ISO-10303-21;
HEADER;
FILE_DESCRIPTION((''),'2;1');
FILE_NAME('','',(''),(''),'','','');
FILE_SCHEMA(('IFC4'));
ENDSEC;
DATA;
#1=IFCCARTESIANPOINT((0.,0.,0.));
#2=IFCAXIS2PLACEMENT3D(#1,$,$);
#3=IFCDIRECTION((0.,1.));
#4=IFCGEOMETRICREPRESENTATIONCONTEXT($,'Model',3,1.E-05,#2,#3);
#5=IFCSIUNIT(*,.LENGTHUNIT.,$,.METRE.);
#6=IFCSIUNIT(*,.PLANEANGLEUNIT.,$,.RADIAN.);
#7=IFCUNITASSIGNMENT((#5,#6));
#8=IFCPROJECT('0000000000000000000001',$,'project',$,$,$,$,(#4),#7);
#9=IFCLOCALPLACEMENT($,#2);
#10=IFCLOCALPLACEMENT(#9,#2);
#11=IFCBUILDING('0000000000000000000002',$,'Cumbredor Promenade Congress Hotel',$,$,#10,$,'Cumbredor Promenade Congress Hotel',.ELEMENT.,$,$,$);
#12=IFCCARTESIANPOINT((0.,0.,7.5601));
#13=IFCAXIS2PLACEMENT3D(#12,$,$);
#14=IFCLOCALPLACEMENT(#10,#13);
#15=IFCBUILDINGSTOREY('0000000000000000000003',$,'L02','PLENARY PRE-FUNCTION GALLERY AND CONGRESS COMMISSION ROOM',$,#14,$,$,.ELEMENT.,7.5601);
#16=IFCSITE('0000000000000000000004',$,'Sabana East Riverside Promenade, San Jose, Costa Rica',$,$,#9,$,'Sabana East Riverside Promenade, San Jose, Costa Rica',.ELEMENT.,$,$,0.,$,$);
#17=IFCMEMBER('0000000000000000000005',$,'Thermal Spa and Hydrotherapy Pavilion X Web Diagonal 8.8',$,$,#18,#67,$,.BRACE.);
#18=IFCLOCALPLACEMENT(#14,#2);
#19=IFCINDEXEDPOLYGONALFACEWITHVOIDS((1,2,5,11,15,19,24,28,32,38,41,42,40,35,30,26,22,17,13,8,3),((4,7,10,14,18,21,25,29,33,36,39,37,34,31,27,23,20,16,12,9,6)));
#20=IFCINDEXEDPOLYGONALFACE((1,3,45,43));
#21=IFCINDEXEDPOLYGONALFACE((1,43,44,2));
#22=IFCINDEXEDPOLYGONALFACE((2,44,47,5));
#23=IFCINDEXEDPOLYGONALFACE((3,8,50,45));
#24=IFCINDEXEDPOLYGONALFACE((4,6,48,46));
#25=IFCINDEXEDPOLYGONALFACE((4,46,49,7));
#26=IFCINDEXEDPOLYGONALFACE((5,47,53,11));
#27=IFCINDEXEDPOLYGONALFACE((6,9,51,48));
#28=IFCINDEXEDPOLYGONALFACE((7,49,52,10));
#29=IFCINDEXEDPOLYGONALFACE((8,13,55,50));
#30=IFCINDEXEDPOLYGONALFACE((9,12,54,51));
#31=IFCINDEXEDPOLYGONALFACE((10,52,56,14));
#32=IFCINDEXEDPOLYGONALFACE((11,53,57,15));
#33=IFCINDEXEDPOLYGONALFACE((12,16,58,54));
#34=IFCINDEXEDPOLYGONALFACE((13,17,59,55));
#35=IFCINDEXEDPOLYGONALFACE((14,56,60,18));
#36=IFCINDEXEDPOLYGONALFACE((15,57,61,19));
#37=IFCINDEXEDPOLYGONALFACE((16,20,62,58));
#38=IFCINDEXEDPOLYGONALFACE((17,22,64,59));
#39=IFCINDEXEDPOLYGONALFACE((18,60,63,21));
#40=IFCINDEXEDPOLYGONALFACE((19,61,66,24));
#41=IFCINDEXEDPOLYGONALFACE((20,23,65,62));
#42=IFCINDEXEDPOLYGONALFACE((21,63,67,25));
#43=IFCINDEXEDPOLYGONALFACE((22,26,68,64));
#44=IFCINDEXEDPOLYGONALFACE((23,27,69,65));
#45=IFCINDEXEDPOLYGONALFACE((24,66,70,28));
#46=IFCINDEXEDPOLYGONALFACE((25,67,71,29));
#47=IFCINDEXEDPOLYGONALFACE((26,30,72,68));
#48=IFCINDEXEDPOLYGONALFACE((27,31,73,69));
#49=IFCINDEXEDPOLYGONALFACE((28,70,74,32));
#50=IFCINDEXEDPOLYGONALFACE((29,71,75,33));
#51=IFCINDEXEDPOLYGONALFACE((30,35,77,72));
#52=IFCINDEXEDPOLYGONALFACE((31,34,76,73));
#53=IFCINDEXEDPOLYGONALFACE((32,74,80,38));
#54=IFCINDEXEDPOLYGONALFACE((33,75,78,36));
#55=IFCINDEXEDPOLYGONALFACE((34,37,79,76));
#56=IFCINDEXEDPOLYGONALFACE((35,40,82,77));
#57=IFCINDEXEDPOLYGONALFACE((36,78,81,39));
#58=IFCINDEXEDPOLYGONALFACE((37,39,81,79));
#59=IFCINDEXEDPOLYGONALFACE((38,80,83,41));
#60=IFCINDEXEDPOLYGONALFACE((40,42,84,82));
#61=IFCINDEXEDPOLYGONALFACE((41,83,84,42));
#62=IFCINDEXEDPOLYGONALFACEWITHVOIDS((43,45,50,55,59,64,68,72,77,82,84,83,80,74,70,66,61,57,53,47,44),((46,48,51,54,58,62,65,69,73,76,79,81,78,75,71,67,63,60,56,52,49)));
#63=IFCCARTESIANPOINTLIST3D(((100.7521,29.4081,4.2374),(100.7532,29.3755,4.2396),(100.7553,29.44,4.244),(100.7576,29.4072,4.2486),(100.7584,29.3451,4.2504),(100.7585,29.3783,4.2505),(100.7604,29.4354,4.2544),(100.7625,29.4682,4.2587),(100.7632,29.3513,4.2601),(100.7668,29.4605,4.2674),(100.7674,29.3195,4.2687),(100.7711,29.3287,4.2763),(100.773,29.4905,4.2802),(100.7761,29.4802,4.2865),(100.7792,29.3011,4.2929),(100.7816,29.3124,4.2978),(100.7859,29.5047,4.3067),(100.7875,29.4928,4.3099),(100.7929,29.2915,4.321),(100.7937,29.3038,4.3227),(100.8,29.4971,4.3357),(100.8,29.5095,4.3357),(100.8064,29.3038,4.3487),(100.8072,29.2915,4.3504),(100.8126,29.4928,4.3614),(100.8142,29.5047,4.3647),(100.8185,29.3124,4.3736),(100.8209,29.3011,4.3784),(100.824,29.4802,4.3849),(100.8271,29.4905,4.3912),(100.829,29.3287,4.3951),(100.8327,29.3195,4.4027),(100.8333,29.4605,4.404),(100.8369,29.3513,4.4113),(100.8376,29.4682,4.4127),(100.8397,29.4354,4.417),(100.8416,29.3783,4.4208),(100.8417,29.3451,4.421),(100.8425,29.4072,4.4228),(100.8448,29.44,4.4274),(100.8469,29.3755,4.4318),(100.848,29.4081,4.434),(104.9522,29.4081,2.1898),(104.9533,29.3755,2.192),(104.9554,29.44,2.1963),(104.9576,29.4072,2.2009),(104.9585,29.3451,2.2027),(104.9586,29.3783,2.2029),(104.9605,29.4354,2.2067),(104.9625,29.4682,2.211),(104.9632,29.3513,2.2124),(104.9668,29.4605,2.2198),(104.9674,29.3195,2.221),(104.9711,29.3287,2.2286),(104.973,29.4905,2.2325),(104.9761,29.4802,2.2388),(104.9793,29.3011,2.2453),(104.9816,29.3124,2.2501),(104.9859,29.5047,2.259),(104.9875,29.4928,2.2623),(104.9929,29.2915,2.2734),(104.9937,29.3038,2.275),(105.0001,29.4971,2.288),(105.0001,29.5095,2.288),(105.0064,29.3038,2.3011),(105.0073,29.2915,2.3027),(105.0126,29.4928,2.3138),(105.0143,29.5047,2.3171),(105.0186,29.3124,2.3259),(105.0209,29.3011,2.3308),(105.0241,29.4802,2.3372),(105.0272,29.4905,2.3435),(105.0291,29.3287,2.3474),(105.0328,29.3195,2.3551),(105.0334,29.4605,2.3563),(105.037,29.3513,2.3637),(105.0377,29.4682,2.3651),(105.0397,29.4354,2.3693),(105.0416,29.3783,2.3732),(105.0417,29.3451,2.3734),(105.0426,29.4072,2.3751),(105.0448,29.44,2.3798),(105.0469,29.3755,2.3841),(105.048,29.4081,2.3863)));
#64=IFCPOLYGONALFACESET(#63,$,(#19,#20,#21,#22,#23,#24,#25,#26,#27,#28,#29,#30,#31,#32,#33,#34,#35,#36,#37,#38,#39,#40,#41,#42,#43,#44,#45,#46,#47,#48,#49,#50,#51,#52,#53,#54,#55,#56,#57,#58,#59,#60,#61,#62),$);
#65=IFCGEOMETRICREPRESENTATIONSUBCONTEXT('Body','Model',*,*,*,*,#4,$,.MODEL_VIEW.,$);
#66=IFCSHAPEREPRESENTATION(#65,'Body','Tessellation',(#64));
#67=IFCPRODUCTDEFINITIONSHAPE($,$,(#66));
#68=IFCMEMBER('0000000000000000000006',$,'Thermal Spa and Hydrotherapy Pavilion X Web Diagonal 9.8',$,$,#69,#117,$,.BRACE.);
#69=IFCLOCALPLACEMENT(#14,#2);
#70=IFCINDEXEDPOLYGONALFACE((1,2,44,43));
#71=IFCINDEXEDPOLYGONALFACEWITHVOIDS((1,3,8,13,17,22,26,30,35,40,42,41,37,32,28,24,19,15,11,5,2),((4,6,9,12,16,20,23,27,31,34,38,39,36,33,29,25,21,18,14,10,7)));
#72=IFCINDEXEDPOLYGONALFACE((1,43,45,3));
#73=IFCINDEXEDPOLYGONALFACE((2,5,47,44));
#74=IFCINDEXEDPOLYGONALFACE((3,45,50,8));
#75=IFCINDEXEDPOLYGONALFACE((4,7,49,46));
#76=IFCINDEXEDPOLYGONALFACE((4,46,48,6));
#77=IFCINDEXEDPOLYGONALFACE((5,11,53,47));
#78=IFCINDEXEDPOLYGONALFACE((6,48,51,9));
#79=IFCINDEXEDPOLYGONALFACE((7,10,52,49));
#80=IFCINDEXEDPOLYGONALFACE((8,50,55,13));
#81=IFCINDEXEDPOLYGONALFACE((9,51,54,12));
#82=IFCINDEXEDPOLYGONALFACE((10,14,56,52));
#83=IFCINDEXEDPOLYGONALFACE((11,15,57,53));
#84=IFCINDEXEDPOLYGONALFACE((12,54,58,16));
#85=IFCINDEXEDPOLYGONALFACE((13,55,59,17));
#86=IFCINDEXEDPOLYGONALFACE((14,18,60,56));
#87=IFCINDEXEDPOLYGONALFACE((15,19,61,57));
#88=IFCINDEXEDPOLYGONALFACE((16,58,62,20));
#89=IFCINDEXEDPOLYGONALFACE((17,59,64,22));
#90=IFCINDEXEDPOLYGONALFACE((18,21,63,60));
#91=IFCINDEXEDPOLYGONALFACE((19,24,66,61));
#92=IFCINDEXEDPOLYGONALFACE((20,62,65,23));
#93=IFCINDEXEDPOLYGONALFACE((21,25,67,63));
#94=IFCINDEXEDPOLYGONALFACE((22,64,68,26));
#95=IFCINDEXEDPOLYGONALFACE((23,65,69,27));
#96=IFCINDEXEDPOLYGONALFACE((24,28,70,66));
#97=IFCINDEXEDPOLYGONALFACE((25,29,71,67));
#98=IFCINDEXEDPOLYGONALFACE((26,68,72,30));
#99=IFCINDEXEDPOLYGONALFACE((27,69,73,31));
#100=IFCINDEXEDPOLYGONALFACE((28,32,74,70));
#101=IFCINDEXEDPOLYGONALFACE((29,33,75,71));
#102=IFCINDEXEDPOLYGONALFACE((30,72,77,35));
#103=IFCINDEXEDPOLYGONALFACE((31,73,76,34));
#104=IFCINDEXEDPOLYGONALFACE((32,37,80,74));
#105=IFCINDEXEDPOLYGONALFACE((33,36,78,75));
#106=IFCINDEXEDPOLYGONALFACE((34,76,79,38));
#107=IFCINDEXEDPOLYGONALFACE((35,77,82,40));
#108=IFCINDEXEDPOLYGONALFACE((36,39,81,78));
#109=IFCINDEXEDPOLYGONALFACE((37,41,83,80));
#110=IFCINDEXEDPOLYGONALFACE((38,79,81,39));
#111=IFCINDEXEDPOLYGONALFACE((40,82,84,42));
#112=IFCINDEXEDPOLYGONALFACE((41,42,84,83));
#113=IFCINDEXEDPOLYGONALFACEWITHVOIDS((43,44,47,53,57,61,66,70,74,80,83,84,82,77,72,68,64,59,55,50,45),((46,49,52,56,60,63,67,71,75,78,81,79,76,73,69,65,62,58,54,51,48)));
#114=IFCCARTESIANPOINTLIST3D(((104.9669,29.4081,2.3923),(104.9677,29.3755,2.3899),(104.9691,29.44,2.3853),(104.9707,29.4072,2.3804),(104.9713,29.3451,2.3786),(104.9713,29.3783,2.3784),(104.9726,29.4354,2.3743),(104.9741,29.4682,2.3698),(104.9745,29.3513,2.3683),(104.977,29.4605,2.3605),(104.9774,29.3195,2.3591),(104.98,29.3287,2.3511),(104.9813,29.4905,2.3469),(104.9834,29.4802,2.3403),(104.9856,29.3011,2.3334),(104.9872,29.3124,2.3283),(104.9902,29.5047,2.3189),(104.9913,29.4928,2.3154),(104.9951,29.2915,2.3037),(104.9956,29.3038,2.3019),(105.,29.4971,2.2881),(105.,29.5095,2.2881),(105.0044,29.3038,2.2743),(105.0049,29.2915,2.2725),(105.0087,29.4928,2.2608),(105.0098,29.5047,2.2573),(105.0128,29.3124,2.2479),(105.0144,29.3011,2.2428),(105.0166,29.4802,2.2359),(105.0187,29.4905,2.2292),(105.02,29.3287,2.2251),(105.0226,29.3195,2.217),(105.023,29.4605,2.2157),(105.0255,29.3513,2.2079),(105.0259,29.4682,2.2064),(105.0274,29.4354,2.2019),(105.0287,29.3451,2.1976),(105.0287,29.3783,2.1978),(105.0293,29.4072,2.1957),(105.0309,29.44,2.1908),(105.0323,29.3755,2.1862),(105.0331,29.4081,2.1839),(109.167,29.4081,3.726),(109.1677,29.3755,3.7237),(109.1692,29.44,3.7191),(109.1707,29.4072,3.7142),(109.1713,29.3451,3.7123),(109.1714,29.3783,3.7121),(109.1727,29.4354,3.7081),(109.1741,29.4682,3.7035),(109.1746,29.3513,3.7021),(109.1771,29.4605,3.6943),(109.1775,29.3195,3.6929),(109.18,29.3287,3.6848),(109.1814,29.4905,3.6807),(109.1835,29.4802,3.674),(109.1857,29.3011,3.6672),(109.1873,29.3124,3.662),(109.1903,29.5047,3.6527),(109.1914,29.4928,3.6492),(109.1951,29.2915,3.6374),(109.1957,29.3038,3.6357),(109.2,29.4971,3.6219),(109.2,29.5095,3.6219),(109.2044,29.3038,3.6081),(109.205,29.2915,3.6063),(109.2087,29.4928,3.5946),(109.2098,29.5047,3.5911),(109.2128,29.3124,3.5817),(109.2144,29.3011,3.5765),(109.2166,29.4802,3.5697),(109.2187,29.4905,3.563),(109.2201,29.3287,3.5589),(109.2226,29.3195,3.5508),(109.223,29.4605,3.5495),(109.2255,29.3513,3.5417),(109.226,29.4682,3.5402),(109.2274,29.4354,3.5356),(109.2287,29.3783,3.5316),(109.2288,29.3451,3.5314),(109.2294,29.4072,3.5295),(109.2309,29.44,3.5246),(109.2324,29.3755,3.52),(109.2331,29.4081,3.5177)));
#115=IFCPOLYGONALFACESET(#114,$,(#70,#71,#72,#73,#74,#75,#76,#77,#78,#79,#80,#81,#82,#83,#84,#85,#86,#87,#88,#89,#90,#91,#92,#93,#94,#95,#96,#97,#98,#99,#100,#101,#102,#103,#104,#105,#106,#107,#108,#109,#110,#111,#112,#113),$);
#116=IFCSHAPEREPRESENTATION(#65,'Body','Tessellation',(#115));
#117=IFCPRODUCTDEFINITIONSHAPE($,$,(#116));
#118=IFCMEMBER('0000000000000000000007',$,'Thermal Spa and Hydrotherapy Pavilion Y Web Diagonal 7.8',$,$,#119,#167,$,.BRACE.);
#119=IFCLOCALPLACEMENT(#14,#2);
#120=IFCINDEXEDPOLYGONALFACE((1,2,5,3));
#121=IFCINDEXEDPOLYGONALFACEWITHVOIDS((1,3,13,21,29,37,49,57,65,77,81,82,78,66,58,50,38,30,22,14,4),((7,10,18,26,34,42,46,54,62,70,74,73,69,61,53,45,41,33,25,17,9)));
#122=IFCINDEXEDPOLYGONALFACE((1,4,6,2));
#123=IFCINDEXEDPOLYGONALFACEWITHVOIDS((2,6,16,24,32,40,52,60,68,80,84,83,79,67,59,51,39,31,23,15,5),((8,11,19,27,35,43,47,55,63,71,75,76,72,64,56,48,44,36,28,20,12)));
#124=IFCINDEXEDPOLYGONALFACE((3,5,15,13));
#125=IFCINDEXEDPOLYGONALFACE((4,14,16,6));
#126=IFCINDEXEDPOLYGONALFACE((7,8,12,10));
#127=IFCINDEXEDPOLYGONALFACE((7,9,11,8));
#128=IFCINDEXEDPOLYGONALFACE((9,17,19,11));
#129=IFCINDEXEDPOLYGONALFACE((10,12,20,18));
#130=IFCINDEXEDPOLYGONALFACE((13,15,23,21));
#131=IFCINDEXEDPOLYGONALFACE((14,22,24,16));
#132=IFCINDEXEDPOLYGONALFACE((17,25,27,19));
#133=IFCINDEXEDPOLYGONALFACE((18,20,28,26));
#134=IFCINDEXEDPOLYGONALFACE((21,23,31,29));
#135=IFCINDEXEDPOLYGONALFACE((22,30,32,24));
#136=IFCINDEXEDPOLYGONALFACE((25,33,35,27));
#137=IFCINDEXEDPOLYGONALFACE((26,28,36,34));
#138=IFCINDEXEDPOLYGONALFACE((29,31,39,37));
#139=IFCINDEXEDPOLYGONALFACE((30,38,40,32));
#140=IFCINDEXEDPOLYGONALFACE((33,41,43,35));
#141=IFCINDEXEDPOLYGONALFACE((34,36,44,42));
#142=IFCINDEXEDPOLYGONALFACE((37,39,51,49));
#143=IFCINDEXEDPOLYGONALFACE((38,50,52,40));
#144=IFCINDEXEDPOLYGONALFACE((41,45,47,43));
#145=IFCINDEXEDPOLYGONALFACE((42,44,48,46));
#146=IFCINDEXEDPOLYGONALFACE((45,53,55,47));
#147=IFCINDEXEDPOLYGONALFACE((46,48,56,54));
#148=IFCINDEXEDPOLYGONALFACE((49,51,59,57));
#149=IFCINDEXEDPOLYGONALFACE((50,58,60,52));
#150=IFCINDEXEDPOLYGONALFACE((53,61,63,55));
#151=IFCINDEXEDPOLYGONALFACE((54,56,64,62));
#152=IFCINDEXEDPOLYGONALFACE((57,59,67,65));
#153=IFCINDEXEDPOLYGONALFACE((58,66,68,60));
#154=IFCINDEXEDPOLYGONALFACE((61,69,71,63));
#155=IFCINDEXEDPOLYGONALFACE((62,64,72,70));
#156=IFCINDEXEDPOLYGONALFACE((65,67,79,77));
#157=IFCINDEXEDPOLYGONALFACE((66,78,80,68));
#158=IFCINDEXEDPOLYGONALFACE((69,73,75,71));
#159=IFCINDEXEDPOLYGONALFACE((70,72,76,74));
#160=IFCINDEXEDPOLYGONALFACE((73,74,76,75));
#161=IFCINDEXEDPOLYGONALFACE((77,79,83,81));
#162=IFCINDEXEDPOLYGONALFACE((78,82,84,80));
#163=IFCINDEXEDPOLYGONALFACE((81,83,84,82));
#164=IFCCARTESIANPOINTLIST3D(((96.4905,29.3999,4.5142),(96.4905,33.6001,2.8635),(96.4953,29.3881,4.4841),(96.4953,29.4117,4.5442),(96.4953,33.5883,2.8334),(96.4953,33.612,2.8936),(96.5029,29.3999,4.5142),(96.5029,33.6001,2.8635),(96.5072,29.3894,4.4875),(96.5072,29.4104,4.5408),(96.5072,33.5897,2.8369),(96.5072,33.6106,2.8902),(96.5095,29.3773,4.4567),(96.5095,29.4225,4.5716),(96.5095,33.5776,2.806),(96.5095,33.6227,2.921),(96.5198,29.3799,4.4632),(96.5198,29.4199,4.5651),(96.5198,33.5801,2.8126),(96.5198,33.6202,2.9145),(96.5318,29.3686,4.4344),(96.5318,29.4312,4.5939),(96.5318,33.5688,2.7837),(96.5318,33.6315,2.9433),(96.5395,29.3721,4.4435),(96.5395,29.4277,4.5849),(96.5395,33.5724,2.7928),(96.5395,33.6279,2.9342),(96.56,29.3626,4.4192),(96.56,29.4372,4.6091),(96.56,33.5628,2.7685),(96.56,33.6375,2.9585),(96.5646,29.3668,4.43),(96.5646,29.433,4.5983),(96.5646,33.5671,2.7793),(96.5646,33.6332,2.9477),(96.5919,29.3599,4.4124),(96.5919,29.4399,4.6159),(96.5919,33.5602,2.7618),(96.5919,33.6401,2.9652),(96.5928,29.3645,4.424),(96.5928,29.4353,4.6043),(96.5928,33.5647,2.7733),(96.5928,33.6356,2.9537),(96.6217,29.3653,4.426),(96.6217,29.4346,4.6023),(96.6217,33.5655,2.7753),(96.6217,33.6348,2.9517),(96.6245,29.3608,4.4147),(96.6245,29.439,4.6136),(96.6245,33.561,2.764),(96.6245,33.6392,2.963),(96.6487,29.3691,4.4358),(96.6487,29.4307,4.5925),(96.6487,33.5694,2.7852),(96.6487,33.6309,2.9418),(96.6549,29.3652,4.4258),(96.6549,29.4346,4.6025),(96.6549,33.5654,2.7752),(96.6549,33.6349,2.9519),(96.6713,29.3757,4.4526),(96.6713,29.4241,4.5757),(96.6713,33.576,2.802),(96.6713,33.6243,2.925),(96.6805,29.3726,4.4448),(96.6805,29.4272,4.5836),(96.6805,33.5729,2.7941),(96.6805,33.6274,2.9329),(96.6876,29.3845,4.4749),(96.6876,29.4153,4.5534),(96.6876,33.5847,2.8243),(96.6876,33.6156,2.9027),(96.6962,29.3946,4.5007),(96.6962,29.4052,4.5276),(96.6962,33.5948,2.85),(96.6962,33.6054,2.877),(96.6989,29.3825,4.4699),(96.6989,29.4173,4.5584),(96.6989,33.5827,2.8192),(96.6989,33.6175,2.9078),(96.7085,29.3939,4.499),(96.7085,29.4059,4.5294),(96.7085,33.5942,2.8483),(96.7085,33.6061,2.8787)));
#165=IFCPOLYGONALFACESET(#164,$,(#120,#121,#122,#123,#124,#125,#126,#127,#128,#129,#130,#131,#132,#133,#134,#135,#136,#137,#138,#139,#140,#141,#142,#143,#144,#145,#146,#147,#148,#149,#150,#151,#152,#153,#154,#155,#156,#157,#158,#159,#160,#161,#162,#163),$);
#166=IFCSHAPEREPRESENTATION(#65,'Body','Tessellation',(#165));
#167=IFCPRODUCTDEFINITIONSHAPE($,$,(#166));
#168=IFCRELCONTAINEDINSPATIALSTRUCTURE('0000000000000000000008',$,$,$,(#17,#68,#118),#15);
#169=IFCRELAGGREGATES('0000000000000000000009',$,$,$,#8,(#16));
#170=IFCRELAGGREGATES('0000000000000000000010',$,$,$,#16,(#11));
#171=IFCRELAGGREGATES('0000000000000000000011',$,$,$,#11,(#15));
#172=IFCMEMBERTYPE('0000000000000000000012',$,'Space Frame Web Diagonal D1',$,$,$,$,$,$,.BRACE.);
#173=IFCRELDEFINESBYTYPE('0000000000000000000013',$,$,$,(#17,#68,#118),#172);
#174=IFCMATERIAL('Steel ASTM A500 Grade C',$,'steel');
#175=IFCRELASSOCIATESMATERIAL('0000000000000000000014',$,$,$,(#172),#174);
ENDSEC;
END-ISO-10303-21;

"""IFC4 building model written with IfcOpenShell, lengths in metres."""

from ifc_helpers import new_model, si_unit, direction, frame, origin, origin_2d, place, context, subcontext, project, spatial, hollow_circle, extrude, material, material_profile, profile_set, type_object, element, save


model = new_model("IFC4")

# Units and contexts
model_context = context("Model", 3, precision=1e-05, world=origin(), true_north=direction((0.0, 1.0)))
body_context = subcontext(model_context, "Body", "Model", "MODEL_VIEW")
ifc_project = project(units=[si_unit("LENGTHUNIT", "METRE"), si_unit("PLANEANGLEUNIT", "RADIAN")], contexts=[model_context])

# Site, building, storey
site_placement = place(None, origin())
site = spatial("IfcSite", under=ifc_project, at=site_placement, Name="Sabana East Riverside Promenade, San Jose, Costa Rica", LongName="Sabana East Riverside Promenade, San Jose, Costa Rica", CompositionType="ELEMENT", RefElevation=0.0)
building_placement = place(site_placement, origin())
building = spatial("IfcBuilding", under=site, at=building_placement, Name="Cumbredor Promenade Congress Hotel", LongName="Cumbredor Promenade Congress Hotel", CompositionType="ELEMENT")
storey_placement = place(building_placement, frame((0.0, 0.0, 7.5601)))
storey = spatial("IfcBuildingStorey", under=building, at=storey_placement, Name="L02", Description="PLENARY PRE-FUNCTION GALLERY AND CONGRESS COMMISSION ROOM", CompositionType="ELEMENT", Elevation=7.5601)

# Members
ifc_material_1 = material(Name="Steel ASTM A500 Grade C", Category="steel")
ifc_material_profile_1 = material_profile(ifc_material_1, hollow_circle(Radius=0.1096, WallThickness=0.0125, at=origin_2d()), Name="CHS 219.1x12.5")
ifc_profile_set_1 = profile_set([ifc_material_profile_1], Name="Steel ASTM A500 Grade C")
member_type_1 = type_object("IfcMemberType", Name="Space Frame Web Diagonal D1", PredefinedType="BRACE", material=ifc_profile_set_1)
member_1_placement = place(storey_placement, frame((100.8, 29.3999, 4.3357), z_axis=(0.898865, 0.0, -0.438225), x_axis=(0.0, 1.0, 0.0)))
element("IfcMember", 1, at=member_1_placement, inside=storey, type_object=member_type_1, Name="Thermal Spa and Hydrotherapy Pavilion X Web Diagonal 8.8", PredefinedType="BRACE", context=body_context, shape_type="SweptSolid", body=[
    extrude(hollow_circle(Radius=0.1096, WallThickness=0.0125, at=origin_2d()), origin(), (0.0, 0.0, 1.0), 4.6726),
])
member_2_placement = place(storey_placement, frame((105.0, 29.3999, 2.2881), z_axis=(0.953097, 0.0, 0.302666), x_axis=(0.0, 1.0, 0.0)))
element("IfcMember", 2, at=member_2_placement, inside=storey, type_object=member_type_1, Name="Thermal Spa and Hydrotherapy Pavilion X Web Diagonal 9.8", PredefinedType="BRACE", context=body_context, shape_type="SweptSolid", body=[
    extrude(hollow_circle(Radius=0.1096, WallThickness=0.0125, at=origin_2d()), origin(), (0.0, 0.0, 1.0), 4.4067),
])
member_3_placement = place(storey_placement, frame((96.6001, 29.3999, 4.5142), z_axis=(0.0, 0.930709, -0.365759), x_axis=(-1.0, 0.0, 0.0)))
element("IfcMember", 3, at=member_3_placement, inside=storey, type_object=member_type_1, Name="Thermal Spa and Hydrotherapy Pavilion Y Web Diagonal 7.8", PredefinedType="BRACE", context=body_context, shape_type="SweptSolid", body=[
    extrude(hollow_circle(Radius=0.1096, WallThickness=0.0125, at=origin_2d()), origin(), (0.0, 0.0, 1.0), 4.5129),
])

save(model, "model.ifc")
